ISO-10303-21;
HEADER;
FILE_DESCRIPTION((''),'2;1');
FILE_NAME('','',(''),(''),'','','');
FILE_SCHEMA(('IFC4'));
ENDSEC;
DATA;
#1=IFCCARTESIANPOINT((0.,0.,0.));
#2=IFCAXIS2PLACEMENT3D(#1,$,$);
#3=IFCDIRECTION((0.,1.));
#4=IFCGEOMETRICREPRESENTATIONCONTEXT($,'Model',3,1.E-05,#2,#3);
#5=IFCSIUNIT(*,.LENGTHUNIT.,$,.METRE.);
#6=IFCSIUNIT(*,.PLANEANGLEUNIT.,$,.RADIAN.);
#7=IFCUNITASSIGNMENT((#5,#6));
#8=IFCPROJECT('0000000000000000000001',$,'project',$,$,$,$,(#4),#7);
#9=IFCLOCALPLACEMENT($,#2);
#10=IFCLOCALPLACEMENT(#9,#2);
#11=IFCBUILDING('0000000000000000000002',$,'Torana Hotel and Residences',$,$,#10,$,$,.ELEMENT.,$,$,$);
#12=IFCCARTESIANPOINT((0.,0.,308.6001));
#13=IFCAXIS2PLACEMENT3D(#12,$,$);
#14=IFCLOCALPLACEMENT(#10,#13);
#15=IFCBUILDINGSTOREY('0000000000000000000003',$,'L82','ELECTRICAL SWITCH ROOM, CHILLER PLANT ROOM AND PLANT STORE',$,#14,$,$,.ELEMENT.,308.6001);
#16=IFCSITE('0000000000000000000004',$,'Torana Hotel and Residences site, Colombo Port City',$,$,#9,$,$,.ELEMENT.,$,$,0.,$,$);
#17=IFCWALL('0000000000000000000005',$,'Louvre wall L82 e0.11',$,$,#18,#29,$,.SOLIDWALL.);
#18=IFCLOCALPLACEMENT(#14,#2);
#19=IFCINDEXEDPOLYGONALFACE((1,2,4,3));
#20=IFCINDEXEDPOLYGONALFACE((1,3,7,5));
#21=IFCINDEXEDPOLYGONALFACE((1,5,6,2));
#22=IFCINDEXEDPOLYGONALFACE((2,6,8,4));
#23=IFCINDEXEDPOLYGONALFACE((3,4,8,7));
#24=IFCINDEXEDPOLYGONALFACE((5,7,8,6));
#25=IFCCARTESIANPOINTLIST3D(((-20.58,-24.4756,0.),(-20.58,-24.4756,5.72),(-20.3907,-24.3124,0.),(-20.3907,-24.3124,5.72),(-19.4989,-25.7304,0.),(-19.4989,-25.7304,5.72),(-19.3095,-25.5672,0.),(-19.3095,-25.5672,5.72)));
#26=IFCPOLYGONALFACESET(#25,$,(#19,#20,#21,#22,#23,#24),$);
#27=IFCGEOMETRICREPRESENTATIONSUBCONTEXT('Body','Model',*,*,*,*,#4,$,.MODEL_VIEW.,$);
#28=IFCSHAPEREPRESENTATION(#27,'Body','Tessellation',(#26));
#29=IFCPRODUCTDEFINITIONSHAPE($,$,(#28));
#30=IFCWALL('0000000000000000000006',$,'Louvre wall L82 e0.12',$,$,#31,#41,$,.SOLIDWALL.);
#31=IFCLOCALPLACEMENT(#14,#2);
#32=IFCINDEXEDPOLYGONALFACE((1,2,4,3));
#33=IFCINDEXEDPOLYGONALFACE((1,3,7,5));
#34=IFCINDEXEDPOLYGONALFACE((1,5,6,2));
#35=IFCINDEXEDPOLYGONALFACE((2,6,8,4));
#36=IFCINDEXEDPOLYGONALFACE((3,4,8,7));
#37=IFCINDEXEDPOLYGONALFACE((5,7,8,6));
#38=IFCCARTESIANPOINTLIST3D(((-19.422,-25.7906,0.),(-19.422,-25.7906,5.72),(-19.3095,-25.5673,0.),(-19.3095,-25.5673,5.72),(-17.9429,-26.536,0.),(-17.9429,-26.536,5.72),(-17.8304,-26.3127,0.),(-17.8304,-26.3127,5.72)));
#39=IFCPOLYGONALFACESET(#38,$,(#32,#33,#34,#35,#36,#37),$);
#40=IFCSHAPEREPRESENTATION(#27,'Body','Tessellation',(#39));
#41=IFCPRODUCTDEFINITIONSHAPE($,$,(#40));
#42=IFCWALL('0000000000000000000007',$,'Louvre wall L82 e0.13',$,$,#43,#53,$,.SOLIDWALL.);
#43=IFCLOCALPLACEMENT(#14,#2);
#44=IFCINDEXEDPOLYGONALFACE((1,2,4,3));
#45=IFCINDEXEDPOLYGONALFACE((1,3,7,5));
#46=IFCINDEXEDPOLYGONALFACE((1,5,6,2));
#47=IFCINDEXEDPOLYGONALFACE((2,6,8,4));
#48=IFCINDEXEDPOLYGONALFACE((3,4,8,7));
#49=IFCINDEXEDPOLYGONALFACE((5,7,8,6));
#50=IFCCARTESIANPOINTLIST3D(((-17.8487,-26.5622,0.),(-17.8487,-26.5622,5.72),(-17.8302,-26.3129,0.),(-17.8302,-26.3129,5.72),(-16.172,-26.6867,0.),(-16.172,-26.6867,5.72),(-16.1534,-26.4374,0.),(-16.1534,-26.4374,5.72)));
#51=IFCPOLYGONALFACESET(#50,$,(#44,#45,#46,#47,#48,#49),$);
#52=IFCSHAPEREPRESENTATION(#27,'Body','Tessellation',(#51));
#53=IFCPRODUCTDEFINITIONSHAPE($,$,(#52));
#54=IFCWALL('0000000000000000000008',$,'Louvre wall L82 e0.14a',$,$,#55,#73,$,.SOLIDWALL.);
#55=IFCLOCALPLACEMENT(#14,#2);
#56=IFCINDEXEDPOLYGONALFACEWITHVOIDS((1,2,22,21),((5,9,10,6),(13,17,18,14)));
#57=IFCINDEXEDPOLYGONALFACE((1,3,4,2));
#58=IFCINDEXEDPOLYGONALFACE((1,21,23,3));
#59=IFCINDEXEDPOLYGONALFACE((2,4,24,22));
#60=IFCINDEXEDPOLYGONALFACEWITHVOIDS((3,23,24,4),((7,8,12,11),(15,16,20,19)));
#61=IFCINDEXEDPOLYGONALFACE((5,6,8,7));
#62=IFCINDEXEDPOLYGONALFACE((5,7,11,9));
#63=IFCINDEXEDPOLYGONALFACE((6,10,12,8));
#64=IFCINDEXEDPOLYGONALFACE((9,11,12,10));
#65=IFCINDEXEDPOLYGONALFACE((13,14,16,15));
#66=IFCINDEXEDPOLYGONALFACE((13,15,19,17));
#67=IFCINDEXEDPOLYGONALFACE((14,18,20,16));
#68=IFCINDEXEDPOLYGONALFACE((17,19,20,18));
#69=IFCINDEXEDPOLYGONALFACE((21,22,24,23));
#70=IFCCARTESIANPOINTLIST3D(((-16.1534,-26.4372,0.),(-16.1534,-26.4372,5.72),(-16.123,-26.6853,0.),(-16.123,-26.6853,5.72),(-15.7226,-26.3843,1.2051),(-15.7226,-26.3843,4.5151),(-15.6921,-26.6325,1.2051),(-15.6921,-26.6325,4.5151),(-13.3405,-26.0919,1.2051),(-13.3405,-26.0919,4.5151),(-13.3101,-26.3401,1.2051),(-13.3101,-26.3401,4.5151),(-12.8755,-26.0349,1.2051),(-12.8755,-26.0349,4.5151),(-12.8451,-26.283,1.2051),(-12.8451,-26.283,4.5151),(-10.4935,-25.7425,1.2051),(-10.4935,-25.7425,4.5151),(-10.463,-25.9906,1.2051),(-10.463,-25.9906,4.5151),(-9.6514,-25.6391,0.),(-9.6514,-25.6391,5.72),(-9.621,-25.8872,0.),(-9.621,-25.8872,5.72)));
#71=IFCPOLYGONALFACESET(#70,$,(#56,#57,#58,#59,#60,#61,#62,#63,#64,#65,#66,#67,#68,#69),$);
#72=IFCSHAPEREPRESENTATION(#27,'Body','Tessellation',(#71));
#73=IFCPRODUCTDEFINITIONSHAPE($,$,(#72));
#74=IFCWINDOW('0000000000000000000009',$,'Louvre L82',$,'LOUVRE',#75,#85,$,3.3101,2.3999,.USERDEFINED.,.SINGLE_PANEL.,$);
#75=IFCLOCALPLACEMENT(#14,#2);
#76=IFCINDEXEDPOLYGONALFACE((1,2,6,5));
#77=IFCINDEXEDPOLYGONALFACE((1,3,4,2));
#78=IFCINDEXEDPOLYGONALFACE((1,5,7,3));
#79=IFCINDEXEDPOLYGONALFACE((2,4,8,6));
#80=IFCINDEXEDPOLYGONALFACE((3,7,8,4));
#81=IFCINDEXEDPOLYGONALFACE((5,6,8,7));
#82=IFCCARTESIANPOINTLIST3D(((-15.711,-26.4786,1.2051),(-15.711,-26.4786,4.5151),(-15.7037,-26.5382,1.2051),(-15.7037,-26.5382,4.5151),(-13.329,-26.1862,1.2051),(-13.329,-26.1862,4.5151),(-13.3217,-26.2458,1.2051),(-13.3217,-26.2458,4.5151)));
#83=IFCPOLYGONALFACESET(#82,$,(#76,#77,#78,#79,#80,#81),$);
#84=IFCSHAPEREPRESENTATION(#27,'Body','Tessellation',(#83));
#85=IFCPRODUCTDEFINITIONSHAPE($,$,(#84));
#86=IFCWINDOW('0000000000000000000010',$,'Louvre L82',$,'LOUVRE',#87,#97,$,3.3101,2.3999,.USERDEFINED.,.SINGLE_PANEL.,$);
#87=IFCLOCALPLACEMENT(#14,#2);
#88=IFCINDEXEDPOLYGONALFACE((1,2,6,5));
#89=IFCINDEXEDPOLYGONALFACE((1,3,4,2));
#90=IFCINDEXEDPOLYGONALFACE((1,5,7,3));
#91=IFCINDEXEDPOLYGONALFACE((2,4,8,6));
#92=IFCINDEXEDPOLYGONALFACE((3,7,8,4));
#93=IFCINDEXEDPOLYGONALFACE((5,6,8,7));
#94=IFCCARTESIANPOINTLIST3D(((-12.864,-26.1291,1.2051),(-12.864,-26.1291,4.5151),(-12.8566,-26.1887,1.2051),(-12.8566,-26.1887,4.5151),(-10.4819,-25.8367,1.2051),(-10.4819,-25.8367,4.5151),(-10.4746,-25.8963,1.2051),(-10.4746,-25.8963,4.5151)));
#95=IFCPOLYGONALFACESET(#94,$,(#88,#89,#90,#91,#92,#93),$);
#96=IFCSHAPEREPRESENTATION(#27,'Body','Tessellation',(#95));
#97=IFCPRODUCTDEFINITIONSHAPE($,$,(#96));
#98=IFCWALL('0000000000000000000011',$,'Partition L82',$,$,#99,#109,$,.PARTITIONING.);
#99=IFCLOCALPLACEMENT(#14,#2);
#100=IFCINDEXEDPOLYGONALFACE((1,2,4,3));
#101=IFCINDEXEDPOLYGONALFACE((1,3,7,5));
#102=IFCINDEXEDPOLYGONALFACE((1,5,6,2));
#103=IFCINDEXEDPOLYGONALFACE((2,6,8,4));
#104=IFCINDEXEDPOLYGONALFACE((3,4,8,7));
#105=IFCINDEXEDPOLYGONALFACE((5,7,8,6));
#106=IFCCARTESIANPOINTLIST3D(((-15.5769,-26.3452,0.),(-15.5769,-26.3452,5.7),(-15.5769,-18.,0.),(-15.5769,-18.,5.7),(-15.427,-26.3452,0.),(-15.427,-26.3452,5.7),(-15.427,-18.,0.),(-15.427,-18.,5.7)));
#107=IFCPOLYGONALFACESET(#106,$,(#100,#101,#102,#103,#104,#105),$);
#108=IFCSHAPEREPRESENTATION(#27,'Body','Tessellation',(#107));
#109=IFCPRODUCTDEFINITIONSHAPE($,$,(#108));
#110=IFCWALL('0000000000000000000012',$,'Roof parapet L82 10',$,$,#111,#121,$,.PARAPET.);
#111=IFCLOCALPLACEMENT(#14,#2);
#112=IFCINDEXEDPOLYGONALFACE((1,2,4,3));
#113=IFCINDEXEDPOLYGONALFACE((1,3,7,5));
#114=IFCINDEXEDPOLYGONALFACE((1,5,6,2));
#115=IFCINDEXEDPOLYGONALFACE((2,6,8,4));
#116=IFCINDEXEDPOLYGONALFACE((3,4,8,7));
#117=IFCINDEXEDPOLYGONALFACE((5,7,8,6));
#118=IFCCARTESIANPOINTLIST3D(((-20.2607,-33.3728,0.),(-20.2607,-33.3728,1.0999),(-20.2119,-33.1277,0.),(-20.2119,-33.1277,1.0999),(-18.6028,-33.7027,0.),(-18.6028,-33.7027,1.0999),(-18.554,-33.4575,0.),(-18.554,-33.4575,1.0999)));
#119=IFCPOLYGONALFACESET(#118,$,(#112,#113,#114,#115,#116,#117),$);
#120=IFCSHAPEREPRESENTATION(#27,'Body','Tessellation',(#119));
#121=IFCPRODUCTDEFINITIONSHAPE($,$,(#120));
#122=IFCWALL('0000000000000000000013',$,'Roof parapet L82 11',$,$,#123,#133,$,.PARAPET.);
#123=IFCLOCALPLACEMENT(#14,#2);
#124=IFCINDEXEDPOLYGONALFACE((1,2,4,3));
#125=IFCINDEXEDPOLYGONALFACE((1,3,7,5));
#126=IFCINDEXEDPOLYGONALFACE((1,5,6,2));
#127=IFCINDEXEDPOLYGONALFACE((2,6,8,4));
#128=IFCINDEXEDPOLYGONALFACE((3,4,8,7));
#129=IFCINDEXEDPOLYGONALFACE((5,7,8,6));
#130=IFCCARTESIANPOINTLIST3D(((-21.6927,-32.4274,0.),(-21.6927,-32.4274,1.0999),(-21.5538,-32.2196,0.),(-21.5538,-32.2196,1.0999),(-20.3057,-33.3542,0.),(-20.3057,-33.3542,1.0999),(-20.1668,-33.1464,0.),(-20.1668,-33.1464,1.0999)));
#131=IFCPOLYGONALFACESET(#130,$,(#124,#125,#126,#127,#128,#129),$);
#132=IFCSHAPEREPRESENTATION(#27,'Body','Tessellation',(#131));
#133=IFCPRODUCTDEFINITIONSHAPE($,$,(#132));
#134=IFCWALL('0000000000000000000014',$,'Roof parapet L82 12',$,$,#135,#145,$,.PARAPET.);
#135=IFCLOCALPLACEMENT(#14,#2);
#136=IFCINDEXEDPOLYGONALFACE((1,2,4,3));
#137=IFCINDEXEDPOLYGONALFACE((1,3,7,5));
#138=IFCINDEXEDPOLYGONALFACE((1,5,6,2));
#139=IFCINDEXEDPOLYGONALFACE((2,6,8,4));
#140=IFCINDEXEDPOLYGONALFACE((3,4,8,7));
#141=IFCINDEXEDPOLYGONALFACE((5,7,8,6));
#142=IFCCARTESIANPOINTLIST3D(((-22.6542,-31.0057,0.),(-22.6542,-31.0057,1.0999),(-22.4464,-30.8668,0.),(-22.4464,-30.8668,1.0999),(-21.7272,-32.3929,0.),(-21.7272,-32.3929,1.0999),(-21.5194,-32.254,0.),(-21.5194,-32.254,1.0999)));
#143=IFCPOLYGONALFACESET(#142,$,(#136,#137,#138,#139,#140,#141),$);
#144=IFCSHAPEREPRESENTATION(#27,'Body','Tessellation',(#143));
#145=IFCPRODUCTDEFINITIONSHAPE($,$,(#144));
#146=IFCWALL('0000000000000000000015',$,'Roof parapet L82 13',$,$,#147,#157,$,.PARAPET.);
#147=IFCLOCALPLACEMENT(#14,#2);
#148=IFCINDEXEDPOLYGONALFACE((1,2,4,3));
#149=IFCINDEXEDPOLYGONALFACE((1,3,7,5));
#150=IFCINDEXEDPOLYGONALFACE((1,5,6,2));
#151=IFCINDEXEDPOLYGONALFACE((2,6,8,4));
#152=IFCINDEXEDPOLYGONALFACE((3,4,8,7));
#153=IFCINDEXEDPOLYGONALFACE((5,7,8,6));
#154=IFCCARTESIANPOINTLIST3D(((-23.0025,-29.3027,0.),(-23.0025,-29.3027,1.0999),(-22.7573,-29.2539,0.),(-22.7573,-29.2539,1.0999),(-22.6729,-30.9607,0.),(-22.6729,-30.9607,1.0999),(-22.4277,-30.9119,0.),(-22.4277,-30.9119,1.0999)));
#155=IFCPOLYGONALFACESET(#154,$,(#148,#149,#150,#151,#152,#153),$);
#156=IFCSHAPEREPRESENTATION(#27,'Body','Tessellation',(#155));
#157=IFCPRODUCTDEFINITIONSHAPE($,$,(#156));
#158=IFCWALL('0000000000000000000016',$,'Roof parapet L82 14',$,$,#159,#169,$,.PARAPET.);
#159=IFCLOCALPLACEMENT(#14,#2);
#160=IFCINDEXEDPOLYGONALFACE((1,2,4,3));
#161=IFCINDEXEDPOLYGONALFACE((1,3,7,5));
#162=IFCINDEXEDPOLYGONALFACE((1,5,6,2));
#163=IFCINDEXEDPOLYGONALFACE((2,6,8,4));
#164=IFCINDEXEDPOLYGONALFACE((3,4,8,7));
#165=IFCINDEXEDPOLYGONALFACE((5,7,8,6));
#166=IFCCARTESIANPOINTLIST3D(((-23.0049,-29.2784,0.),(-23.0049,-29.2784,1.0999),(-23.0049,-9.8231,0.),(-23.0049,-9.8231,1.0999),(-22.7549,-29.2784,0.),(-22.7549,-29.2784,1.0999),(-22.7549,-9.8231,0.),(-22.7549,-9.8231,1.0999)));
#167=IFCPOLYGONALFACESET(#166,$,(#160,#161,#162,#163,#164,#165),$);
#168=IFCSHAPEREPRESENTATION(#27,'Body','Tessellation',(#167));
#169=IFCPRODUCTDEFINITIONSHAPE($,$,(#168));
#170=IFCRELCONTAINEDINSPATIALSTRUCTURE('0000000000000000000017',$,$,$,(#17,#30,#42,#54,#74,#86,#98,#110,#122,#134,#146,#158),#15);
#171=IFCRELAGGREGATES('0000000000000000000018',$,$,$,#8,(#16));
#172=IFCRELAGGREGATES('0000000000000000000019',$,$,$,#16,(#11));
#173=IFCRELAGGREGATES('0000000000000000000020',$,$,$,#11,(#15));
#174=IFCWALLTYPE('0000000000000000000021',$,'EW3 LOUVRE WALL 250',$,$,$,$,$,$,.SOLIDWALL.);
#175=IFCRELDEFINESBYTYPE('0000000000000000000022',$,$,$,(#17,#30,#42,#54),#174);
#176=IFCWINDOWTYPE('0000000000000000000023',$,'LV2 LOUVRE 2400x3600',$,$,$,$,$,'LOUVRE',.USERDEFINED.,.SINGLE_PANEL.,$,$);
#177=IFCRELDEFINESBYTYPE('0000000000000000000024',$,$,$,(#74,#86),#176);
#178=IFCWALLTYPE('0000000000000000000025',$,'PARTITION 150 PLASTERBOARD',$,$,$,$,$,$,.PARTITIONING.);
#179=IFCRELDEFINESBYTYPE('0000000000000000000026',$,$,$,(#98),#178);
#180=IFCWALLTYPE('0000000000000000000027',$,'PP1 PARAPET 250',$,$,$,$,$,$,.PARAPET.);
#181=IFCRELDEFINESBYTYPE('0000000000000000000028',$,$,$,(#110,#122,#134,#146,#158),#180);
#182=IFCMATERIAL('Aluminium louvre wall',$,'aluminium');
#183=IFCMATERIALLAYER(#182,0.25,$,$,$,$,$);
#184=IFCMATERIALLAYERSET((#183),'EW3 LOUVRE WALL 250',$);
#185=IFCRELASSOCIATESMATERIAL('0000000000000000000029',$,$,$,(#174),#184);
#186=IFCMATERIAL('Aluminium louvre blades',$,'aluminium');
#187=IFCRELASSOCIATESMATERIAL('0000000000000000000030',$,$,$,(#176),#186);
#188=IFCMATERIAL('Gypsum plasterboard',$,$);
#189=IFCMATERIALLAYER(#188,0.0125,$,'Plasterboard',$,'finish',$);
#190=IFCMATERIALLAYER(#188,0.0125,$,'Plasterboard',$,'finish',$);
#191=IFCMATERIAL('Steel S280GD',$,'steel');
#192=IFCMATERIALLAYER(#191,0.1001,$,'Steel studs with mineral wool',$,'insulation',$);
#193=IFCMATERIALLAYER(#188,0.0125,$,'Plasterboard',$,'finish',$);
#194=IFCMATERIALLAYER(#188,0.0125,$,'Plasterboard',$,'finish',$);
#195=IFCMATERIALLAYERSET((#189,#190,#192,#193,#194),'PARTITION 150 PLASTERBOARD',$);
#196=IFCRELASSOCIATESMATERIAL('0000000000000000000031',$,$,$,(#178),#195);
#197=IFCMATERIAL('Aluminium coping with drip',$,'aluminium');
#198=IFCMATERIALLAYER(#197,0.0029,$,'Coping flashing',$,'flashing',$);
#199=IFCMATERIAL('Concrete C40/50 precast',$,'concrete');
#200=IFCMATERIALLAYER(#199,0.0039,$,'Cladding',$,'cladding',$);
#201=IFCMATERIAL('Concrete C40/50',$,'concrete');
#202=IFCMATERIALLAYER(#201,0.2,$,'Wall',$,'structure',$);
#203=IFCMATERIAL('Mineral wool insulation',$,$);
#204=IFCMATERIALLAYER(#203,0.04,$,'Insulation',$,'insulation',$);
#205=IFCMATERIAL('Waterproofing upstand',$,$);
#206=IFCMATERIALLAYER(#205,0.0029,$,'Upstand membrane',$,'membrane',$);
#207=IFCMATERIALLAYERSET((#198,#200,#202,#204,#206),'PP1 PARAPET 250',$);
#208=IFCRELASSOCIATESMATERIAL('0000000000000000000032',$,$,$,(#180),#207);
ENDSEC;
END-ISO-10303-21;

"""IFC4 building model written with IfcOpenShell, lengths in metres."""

from ifc_helpers import new_model, si_unit, direction, frame, frame_2d, origin, place, context, subcontext, project, spatial, rectangle, extrude, material, layer, layer_set, type_object, element, fill, save


model = new_model("IFC4")

# Units and contexts
model_context = context("Model", 3, precision=1e-05, world=origin(), true_north=direction((0.0, 1.0)))
body_context = subcontext(model_context, "Body", "Model", "MODEL_VIEW")
ifc_project = project(units=[si_unit("LENGTHUNIT", "METRE"), si_unit("PLANEANGLEUNIT", "RADIAN")], contexts=[model_context])

# Site, building, storey
site_placement = place(None, origin())
site = spatial("IfcSite", under=ifc_project, at=site_placement, Name="Torana Hotel and Residences site, Colombo Port City", CompositionType="ELEMENT", RefElevation=0.0)
building_placement = place(site_placement, origin())
building = spatial("IfcBuilding", under=site, at=building_placement, Name="Torana Hotel and Residences", CompositionType="ELEMENT")
storey_placement = place(building_placement, frame((0.0, 0.0, 308.6001)))
storey = spatial("IfcBuildingStorey", under=building, at=storey_placement, Name="L82", Description="ELECTRICAL SWITCH ROOM, CHILLER PLANT ROOM AND PLANT STORE", CompositionType="ELEMENT", Elevation=308.6001)

# Walls
ifc_material_1 = material(Name="Aluminium louvre wall", Category="aluminium")
ifc_layer_1 = layer(ifc_material_1, 0.25)
ifc_layer_set_1 = layer_set([ifc_layer_1], Name="EW3 LOUVRE WALL 250")
wall_type_1 = type_object("IfcWallType", Name="EW3 LOUVRE WALL 250", PredefinedType="SOLIDWALL", material=ifc_layer_set_1)
for number, where, z_axis, x_axis, name in (
    (1, (-20.4854, -24.394, 0.0), (0.0, 0.0, 1.0), (0.652756, -0.757568, 0.0), "Louvre wall L82 e0.11"),
    (2, (-19.3657, -25.679, 0.0), (0.0, 0.0, 1.0), (0.893008, -0.450042, 0.0), "Louvre wall L82 e0.12"),
):
    element("IfcWall", number, at=place(storey_placement, frame(where, z_axis=z_axis, x_axis=x_axis)), inside=storey, type_object=wall_type_1, Name=name, PredefinedType="SOLIDWALL", context=body_context, shape_type="SweptSolid", body=[
        extrude(rectangle(XDim=1.6562, YDim=0.25, at=frame_2d((0.8281, 0.0))), origin(), (0.0, 0.0, 1.0), 5.72),
    ])
wall_1_placement = place(storey_placement, frame((-17.8396, -26.4375, 0.0), z_axis=(0.0, 0.0, 1.0), x_axis=(0.997254, -0.074054, 0.0)))
element("IfcWall", 3, at=wall_1_placement, inside=storey, type_object=wall_type_1, Name="Louvre wall L82 e0.13", PredefinedType="SOLIDWALL", context=body_context, shape_type="SweptSolid", body=[
    extrude(rectangle(XDim=1.6814, YDim=0.25, at=frame_2d((0.8408, 0.0))), origin(), (0.0, 0.0, 1.0), 5.72),
])

# Wall, openings, windows
wall_2_placement = place(storey_placement, frame((-16.1382, -26.5613, 0.0), z_axis=(0.0, 0.0, 1.0), x_axis=(0.992551, 0.121833, 0.0)))
wall_2 = element("IfcWall", 4, at=wall_2_placement, inside=storey, type_object=wall_type_1, Name="Louvre wall L82 e0.14a", PredefinedType="SOLIDWALL", context=body_context, shape_type="SweptSolid", body=[
    extrude(rectangle(XDim=6.5508, YDim=0.25, at=frame_2d((3.2754, 0.0))), origin(), (0.0, 0.0, 1.0), 5.72),
])
opening_1_placement = place(wall_2_placement, frame((0.4341, 0.0, 1.2051)))
opening_1 = element("IfcOpeningElement", 5, at=opening_1_placement, cuts=wall_2, PredefinedType="OPENING", context=body_context, shape_type="SweptSolid", body=[
    extrude(rectangle(XDim=2.3999, YDim=3.3101, at=frame_2d((1.2, 1.655))), frame((0.0, 0.135, 0.0), z_axis=(0.0, -1.0, 0.0), x_axis=(1.0, 0.0, 0.0)), (0.0, 0.0, 1.0), 0.27),
])
opening_2_placement = place(wall_2_placement, frame((3.3025, 0.0, 1.2051)))
opening_2 = element("IfcOpeningElement", 6, at=opening_2_placement, cuts=wall_2, PredefinedType="OPENING", context=body_context, shape_type="SweptSolid", body=[
    extrude(rectangle(XDim=2.3999, YDim=3.3101, at=frame_2d((1.2, 1.655))), frame((0.0, 0.135, 0.0), z_axis=(0.0, -1.0, 0.0), x_axis=(1.0, 0.0, 0.0)), (0.0, 0.0, 1.0), 0.27),
])
ifc_material_2 = material(Name="Aluminium louvre blades", Category="aluminium")
window_type = type_object("IfcWindowType", Name="LV2 LOUVRE 2400x3600", ElementType="LOUVRE", PartitioningType="SINGLE_PANEL", PredefinedType="USERDEFINED", material=ifc_material_2)
window_1_placement = place(opening_1_placement, origin())
window_1 = element("IfcWindow", 7, at=window_1_placement, inside=storey, type_object=window_type, Name="Louvre L82", ObjectType="LOUVRE", OverallHeight=3.3101, OverallWidth=2.3999, PartitioningType="SINGLE_PANEL", PredefinedType="USERDEFINED", context=body_context, shape_type="SweptSolid", body=[
    extrude(rectangle(XDim=2.3999, YDim=3.3101, at=frame_2d((1.2, 1.655))), frame((0.0, 0.03, 0.0), z_axis=(0.0, -1.0, 0.0), x_axis=(1.0, 0.0, 0.0)), (0.0, 0.0, 1.0), 0.0601),
])
fill(opening_1, window_1)
window_2_placement = place(opening_2_placement, origin())
window_2 = element("IfcWindow", 8, at=window_2_placement, inside=storey, type_object=window_type, Name="Louvre L82", ObjectType="LOUVRE", OverallHeight=3.3101, OverallWidth=2.3999, PartitioningType="SINGLE_PANEL", PredefinedType="USERDEFINED", context=body_context, shape_type="SweptSolid", body=[
    extrude(rectangle(XDim=2.3999, YDim=3.3101, at=frame_2d((1.2, 1.655))), frame((0.0, 0.03, 0.0), z_axis=(0.0, -1.0, 0.0), x_axis=(1.0, 0.0, 0.0)), (0.0, 0.0, 1.0), 0.0601),
])
fill(opening_2, window_2)

# Walls
ifc_material_3 = material(Name="Gypsum plasterboard")
ifc_layer_2 = layer(ifc_material_3, 0.0125, Name="Plasterboard", Category="finish")
ifc_layer_3 = layer(ifc_material_3, 0.0125, Name="Plasterboard", Category="finish")
ifc_material_4 = material(Name="Steel S280GD", Category="steel")
ifc_layer_4 = layer(ifc_material_4, 0.1001, Name="Steel studs with mineral wool", Category="insulation")
ifc_layer_5 = layer(ifc_material_3, 0.0125, Name="Plasterboard", Category="finish")
ifc_layer_6 = layer(ifc_material_3, 0.0125, Name="Plasterboard", Category="finish")
ifc_layer_set_2 = layer_set([ifc_layer_2, ifc_layer_3, ifc_layer_4, ifc_layer_5, ifc_layer_6], Name="PARTITION 150 PLASTERBOARD")
wall_type_2 = type_object("IfcWallType", Name="PARTITION 150 PLASTERBOARD", PredefinedType="PARTITIONING", material=ifc_layer_set_2)
wall_3_placement = place(storey_placement, frame((-15.502, -26.3452, 0.0), z_axis=(0.0, 0.0, 1.0), x_axis=(0.0, 1.0, 0.0)))
element("IfcWall", 9, at=wall_3_placement, inside=storey, type_object=wall_type_2, Name="Partition L82", PredefinedType="PARTITIONING", context=body_context, shape_type="SweptSolid", body=[
    extrude(rectangle(XDim=8.3452, YDim=0.1499, at=frame_2d((4.1726, 0.0))), origin(), (0.0, 0.0, 1.0), 5.7),
])
ifc_material_5 = material(Name="Aluminium coping with drip", Category="aluminium")
ifc_layer_7 = layer(ifc_material_5, 0.0029, Name="Coping flashing", Category="flashing")
ifc_material_6 = material(Name="Concrete C40/50 precast", Category="concrete")
ifc_layer_8 = layer(ifc_material_6, 0.0039, Name="Cladding", Category="cladding")
ifc_material_7 = material(Name="Concrete C40/50", Category="concrete")
ifc_layer_9 = layer(ifc_material_7, 0.2, Name="Wall", Category="structure")
ifc_material_8 = material(Name="Mineral wool insulation")
ifc_layer_10 = layer(ifc_material_8, 0.04, Name="Insulation", Category="insulation")
ifc_material_9 = material(Name="Waterproofing upstand")
ifc_layer_11 = layer(ifc_material_9, 0.0029, Name="Upstand membrane", Category="membrane")
ifc_layer_set_3 = layer_set([ifc_layer_7, ifc_layer_8, ifc_layer_9, ifc_layer_10, ifc_layer_11], Name="PP1 PARAPET 250")
wall_type_3 = type_object("IfcWallType", Name="PP1 PARAPET 250", PredefinedType="PARAPET", material=ifc_layer_set_3)
wall_4_placement = place(storey_placement, frame((-18.5784, -33.5801, 0.0), z_axis=(0.0, 0.0, 1.0), x_axis=(-0.98078, 0.195116, 0.0)))
element("IfcWall", 10, at=wall_4_placement, inside=storey, type_object=wall_type_3, Name="Roof parapet L82 10", PredefinedType="PARAPET", context=body_context, shape_type="SweptSolid", body=[
    extrude(rectangle(XDim=1.6904, YDim=0.25, at=frame_2d((0.8452, 0.0))), origin(), (0.0, 0.0, 1.0), 1.0999),
])
wall_5_placement = place(storey_placement, frame((-20.2363, -33.2502, 0.0), z_axis=(0.0, 0.0, 1.0), x_axis=(-0.831464, 0.555578, 0.0)))
element("IfcWall", 11, at=wall_5_placement, inside=storey, type_object=wall_type_3, Name="Roof parapet L82 11", PredefinedType="PARAPET", context=body_context, shape_type="SweptSolid", body=[
    extrude(rectangle(XDim=1.6682, YDim=0.25, at=frame_2d((0.834, 0.0))), origin(), (0.0, 0.0, 1.0), 1.0999),
])
wall_6_placement = place(storey_placement, frame((-21.6233, -32.3235, 0.0), z_axis=(0.0, 0.0, 1.0), x_axis=(-0.555612, 0.831442, 0.0)))
element("IfcWall", 12, at=wall_6_placement, inside=storey, type_object=wall_type_3, Name="Roof parapet L82 12", PredefinedType="PARAPET", context=body_context, shape_type="SweptSolid", body=[
    extrude(rectangle(XDim=1.6685, YDim=0.25, at=frame_2d((0.8342, 0.0))), origin(), (0.0, 0.0, 1.0), 1.0999),
])
wall_7_placement = place(storey_placement, frame((-22.5503, -30.9363, 0.0), z_axis=(0.0, 0.0, 1.0), x_axis=(-0.194977, 0.980808, 0.0)))
element("IfcWall", 13, at=wall_7_placement, inside=storey, type_object=wall_type_3, Name="Roof parapet L82 13", PredefinedType="PARAPET", context=body_context, shape_type="SweptSolid", body=[
    extrude(rectangle(XDim=1.6904, YDim=0.25, at=frame_2d((0.8452, 0.0))), origin(), (0.0, 0.0, 1.0), 1.0999),
])
wall_8_placement = place(storey_placement, frame((-22.8799, -29.2783, 0.0), z_axis=(0.0, 0.0, 1.0), x_axis=(0.0, 1.0, 0.0)))
element("IfcWall", 14, at=wall_8_placement, inside=storey, type_object=wall_type_3, Name="Roof parapet L82 14", PredefinedType="PARAPET", context=body_context, shape_type="SweptSolid", body=[
    extrude(rectangle(XDim=19.4553, YDim=0.25, at=frame_2d((9.7275, 0.0))), origin(), (0.0, 0.0, 1.0), 1.0999),
])

save(model, "model.ifc")
